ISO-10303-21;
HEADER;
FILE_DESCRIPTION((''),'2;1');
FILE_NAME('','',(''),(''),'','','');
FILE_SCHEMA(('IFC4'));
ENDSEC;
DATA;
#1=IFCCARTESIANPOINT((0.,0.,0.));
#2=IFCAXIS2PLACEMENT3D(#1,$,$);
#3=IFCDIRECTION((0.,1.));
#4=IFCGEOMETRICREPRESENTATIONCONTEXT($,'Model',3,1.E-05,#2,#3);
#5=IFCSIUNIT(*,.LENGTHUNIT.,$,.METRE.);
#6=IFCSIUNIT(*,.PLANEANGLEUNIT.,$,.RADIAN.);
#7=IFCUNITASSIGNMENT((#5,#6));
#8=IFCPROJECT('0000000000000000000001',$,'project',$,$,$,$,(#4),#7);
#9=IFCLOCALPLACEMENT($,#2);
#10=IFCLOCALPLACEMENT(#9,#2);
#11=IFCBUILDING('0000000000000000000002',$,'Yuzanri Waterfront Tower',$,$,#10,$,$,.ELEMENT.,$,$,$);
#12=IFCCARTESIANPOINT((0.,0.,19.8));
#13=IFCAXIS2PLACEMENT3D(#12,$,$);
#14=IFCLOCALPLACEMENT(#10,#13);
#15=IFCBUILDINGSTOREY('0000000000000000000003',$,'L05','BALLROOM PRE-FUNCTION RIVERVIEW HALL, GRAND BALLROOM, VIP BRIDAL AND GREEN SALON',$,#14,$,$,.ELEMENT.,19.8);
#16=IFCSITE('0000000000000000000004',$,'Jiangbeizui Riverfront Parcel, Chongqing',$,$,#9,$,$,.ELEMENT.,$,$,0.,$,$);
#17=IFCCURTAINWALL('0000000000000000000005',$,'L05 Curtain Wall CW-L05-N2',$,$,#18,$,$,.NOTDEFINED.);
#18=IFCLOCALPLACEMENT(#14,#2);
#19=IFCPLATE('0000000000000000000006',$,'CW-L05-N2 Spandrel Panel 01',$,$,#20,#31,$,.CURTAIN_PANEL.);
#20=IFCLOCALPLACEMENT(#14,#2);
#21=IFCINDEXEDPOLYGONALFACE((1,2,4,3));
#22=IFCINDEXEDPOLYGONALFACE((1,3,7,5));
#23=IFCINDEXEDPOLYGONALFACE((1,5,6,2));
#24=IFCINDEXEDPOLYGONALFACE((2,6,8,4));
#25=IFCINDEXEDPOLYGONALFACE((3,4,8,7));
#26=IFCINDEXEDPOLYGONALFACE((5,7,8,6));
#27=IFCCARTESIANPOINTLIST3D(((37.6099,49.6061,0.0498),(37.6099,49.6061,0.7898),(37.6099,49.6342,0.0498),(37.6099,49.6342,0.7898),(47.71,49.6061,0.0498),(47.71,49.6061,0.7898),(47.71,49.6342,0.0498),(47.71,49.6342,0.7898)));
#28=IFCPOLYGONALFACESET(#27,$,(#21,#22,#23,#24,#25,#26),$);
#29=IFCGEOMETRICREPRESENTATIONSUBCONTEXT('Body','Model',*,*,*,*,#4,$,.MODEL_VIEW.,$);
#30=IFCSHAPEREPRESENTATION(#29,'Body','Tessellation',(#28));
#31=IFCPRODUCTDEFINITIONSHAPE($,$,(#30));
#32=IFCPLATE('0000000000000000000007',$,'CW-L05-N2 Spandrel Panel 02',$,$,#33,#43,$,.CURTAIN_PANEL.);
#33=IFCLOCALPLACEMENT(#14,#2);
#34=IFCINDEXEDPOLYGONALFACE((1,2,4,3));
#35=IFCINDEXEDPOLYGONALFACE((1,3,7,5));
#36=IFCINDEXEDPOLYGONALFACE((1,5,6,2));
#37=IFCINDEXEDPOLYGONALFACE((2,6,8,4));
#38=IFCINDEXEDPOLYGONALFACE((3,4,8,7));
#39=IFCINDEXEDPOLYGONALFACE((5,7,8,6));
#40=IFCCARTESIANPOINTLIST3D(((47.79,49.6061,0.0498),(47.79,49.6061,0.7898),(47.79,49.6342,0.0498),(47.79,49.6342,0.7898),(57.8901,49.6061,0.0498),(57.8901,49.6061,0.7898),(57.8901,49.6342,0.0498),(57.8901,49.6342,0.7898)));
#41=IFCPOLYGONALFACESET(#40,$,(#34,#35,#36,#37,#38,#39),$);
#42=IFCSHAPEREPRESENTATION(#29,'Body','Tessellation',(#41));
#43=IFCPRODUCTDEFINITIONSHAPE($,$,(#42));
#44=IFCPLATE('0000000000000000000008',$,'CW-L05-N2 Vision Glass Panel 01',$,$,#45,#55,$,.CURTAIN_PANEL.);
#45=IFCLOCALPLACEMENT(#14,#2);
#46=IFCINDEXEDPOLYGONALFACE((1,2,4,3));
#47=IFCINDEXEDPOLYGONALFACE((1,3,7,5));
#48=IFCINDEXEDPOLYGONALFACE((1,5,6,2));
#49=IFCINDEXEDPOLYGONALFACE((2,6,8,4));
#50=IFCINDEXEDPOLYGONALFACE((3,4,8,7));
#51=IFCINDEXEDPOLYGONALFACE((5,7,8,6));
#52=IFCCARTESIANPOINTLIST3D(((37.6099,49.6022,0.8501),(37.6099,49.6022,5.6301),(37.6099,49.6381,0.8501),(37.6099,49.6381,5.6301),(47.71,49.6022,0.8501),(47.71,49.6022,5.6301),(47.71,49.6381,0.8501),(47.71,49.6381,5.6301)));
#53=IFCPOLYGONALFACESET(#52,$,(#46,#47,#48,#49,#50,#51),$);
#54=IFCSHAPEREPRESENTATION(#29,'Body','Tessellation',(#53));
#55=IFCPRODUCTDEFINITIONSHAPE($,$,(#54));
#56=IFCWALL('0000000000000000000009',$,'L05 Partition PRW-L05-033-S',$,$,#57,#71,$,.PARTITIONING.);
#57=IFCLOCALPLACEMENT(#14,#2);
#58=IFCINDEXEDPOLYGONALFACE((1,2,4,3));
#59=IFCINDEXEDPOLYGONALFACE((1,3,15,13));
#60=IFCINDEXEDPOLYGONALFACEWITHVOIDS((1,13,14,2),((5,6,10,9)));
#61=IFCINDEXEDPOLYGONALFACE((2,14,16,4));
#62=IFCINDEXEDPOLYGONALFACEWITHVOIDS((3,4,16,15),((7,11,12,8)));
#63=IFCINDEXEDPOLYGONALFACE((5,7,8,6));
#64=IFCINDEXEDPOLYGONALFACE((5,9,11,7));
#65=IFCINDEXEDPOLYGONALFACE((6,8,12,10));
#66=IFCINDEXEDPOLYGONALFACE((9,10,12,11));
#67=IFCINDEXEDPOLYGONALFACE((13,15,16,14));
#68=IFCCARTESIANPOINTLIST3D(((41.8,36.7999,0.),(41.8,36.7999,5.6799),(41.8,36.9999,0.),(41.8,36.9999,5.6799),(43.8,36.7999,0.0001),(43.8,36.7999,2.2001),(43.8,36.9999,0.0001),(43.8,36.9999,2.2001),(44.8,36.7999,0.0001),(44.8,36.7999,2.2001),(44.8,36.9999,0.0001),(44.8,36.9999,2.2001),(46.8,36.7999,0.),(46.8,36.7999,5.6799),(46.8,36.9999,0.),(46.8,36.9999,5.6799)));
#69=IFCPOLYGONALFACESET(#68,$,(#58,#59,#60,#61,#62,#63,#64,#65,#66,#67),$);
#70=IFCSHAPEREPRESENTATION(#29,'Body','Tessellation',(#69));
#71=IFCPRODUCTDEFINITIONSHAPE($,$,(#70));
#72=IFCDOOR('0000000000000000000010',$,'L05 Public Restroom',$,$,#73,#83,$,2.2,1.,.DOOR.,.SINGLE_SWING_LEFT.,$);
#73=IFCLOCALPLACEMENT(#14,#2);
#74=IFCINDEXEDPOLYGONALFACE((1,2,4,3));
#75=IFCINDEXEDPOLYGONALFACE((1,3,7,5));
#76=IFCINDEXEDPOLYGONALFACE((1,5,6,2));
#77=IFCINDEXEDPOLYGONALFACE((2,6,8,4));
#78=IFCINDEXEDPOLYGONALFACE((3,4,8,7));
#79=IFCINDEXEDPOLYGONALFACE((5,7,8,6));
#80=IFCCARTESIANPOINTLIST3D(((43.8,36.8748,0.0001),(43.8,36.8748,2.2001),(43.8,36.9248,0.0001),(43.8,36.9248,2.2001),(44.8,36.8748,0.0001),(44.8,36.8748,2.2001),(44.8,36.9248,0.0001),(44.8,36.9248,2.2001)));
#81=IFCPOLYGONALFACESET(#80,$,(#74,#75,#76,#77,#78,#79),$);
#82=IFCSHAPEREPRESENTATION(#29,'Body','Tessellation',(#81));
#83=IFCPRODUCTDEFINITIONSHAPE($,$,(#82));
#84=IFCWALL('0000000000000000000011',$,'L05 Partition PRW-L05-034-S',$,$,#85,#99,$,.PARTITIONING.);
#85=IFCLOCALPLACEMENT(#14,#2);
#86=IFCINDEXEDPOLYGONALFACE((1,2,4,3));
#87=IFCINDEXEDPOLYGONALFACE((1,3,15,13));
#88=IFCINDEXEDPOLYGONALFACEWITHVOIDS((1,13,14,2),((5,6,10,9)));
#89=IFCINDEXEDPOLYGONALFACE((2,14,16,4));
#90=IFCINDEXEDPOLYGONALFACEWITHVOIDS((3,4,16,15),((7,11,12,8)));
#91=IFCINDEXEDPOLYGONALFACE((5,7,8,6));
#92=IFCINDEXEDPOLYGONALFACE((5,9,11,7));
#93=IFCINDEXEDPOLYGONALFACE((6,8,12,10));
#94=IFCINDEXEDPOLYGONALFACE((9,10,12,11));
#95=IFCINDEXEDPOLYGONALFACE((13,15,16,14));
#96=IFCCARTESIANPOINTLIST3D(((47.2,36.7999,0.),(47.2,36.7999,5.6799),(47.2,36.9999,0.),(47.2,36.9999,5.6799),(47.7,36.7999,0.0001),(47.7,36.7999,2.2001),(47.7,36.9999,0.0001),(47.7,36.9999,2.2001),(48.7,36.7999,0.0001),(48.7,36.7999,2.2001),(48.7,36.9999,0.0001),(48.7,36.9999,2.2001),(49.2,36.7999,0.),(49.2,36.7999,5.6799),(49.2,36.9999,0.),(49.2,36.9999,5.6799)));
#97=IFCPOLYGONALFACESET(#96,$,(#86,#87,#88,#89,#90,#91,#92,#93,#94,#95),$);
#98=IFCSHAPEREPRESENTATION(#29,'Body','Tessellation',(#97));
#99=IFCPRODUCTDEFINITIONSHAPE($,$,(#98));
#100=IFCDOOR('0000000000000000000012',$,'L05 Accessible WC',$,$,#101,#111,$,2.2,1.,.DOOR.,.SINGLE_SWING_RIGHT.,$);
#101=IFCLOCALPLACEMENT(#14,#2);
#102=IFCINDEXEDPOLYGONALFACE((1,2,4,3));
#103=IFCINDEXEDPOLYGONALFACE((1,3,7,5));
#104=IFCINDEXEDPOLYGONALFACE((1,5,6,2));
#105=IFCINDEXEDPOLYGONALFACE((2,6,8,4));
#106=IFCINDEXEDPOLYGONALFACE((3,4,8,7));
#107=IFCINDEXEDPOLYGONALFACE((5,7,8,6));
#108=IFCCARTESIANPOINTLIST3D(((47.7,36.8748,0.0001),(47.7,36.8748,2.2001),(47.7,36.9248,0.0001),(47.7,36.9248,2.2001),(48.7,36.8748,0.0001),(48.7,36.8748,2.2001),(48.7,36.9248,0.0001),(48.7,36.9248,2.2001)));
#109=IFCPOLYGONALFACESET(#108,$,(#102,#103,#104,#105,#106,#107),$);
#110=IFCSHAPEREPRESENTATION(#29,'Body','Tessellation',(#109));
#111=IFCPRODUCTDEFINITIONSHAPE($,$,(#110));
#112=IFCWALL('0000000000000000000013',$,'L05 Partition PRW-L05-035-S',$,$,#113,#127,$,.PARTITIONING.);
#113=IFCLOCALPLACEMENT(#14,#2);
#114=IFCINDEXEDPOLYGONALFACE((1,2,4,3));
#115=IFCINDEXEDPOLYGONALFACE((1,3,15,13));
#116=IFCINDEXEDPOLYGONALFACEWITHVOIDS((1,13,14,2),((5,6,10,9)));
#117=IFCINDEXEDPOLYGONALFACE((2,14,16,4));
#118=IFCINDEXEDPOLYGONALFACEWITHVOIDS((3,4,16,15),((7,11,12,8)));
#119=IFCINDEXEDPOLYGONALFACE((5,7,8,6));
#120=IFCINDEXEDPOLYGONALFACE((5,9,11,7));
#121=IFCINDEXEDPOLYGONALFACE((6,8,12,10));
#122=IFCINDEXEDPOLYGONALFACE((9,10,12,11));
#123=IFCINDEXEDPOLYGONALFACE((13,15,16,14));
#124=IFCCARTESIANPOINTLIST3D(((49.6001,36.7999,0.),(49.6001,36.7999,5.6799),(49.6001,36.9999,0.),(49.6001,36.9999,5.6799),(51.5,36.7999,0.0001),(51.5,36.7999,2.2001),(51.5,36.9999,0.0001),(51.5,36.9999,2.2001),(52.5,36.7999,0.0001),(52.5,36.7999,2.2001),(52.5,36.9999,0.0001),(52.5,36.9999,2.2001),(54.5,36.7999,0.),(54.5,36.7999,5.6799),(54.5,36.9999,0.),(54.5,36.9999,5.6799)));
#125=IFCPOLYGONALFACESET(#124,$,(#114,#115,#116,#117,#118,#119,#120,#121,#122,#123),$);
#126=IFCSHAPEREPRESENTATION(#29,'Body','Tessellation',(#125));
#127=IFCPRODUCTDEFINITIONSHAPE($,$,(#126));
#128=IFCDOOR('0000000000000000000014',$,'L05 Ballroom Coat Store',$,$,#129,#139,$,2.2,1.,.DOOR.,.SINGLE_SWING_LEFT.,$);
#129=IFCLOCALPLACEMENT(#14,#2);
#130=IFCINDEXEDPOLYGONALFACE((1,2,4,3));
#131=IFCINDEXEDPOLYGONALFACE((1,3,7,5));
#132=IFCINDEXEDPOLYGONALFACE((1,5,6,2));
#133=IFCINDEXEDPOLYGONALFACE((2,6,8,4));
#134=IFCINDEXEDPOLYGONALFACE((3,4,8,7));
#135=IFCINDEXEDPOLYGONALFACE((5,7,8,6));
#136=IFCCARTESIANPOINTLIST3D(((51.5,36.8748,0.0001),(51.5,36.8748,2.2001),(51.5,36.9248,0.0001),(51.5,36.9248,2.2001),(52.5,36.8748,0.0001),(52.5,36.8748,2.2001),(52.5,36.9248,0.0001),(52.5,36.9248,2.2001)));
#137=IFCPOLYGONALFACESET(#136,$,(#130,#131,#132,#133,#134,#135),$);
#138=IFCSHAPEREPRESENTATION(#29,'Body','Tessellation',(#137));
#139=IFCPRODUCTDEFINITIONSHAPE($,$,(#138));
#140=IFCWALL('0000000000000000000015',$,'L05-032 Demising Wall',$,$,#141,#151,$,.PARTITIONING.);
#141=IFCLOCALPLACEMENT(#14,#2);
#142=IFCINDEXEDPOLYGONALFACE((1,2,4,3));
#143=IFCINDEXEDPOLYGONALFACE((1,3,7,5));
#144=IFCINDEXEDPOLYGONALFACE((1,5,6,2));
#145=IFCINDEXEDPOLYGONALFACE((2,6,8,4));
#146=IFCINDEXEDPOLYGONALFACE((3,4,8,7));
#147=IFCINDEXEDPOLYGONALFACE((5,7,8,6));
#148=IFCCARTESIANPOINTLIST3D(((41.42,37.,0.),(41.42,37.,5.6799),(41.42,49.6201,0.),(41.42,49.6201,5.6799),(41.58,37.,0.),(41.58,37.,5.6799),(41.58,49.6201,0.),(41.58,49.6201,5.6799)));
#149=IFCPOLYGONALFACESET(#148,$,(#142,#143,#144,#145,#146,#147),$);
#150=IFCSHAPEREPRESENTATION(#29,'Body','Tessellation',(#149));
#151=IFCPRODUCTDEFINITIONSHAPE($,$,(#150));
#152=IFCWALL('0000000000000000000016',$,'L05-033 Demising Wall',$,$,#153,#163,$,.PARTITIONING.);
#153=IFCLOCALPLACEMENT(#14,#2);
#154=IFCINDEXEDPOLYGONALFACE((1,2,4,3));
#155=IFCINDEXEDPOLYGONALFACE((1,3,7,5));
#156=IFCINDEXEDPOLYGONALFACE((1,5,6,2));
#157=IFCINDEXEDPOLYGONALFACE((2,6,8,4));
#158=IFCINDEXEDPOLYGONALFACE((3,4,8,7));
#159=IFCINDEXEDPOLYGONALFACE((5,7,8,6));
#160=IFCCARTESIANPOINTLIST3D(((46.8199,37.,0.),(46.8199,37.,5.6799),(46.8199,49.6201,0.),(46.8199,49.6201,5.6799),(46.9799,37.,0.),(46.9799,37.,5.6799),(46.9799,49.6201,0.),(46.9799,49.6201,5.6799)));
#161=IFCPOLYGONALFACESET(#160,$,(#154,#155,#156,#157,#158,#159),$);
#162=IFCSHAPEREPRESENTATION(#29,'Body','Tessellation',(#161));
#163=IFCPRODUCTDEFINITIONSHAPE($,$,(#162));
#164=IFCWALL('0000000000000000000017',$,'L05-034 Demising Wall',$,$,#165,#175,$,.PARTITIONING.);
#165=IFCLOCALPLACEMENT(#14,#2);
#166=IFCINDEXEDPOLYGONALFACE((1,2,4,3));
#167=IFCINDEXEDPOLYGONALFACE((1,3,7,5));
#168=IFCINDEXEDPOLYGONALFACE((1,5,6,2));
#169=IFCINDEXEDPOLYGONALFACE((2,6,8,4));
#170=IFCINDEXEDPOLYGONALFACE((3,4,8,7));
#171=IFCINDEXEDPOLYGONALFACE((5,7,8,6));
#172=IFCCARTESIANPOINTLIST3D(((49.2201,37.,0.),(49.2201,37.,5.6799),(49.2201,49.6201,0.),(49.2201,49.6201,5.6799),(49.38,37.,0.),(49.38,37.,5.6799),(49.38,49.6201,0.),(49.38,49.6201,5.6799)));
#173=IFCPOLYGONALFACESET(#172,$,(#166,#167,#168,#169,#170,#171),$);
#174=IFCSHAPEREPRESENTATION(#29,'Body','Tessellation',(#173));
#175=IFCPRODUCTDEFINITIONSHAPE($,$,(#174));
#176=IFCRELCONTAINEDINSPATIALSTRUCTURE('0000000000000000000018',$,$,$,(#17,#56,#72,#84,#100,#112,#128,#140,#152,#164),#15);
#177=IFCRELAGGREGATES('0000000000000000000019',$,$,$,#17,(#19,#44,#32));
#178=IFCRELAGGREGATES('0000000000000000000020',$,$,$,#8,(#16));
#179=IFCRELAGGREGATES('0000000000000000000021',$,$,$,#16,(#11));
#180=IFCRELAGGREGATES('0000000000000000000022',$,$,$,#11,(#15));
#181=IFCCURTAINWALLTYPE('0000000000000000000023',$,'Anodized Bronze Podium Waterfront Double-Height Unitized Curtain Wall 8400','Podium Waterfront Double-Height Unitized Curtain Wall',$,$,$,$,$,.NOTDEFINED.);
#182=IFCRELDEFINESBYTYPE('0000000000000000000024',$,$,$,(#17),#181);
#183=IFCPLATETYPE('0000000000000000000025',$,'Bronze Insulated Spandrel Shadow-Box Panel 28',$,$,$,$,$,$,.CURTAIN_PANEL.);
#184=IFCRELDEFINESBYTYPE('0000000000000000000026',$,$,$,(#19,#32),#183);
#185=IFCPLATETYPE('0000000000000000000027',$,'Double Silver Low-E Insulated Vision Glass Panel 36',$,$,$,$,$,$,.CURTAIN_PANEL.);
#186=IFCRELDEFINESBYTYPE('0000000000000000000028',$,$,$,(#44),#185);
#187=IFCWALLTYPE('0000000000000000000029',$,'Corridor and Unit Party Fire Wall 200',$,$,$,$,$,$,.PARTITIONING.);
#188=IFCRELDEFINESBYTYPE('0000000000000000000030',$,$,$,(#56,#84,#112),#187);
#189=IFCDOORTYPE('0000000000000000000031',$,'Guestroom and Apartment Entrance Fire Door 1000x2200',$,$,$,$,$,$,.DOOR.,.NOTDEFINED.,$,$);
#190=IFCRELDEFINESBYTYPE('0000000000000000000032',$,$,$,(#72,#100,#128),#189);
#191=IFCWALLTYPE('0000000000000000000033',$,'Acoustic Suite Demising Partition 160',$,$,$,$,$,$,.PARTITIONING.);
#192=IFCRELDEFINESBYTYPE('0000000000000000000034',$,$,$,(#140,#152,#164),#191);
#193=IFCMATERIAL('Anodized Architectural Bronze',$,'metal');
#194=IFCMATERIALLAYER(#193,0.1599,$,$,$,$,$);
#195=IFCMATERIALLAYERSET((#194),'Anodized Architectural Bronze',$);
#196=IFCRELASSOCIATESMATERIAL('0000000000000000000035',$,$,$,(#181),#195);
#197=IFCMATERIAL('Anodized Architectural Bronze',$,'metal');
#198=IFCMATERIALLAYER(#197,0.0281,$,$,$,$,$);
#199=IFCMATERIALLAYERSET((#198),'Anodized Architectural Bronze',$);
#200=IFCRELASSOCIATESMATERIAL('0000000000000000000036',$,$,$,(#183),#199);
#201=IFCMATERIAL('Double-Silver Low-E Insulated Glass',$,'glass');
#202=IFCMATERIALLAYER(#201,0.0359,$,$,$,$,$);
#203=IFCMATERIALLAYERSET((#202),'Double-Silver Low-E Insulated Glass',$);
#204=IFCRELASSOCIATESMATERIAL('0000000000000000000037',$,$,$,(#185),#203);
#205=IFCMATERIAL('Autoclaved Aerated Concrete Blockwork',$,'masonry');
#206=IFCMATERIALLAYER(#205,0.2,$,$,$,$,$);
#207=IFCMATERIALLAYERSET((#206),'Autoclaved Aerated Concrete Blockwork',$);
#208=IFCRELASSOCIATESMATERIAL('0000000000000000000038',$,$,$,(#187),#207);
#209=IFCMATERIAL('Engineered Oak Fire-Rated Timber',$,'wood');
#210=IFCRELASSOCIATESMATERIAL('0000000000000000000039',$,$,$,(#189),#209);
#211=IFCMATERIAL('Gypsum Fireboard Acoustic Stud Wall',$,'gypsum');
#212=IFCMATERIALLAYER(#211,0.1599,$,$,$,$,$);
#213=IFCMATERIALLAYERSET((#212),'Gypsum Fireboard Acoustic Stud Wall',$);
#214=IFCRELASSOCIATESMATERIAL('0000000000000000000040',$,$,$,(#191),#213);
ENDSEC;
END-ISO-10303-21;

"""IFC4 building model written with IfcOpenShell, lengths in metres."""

from ifc_helpers import new_model, si_unit, direction, frame, frame_2d, origin, origin_2d, place, context, subcontext, project, spatial, rectangle, extrude, source, transform, mapped, material, layer, layer_set, type_object, element, fill, aggregate, save


model = new_model("IFC4")

# Units and contexts
model_context = context("Model", 3, precision=1e-05, world=origin(), true_north=direction((0.0, 1.0)))
body_context = subcontext(model_context, "Body", "Model", "MODEL_VIEW")
ifc_project = project(units=[si_unit("LENGTHUNIT", "METRE"), si_unit("PLANEANGLEUNIT", "RADIAN")], contexts=[model_context])

# Site, building, storey
site_placement = place(None, origin())
site = spatial("IfcSite", under=ifc_project, at=site_placement, Name="Jiangbeizui Riverfront Parcel, Chongqing", CompositionType="ELEMENT", RefElevation=0.0)
building_placement = place(site_placement, origin())
building = spatial("IfcBuilding", under=site, at=building_placement, Name="Yuzanri Waterfront Tower", CompositionType="ELEMENT")
storey_placement = place(building_placement, frame((0.0, 0.0, 19.8)))
storey = spatial("IfcBuildingStorey", under=building, at=storey_placement, Name="L05", Description="BALLROOM PRE-FUNCTION RIVERVIEW HALL, GRAND BALLROOM, VIP BRIDAL AND GREEN SALON", CompositionType="ELEMENT", Elevation=19.8)

# Curtain wall, plates
ifc_material_1 = material(Name="Anodized Architectural Bronze", Category="metal")
ifc_layer_1 = layer(ifc_material_1, 0.1599)
ifc_layer_set_1 = layer_set([ifc_layer_1], Name="Anodized Architectural Bronze")
curtain_wall_type = type_object("IfcCurtainWallType", Name="Anodized Bronze Podium Waterfront Double-Height Unitized Curtain Wall 8400", Description="Podium Waterfront Double-Height Unitized Curtain Wall", PredefinedType="NOTDEFINED", material=ifc_layer_set_1)
curtain_wall_placement = place(storey_placement, origin())
curtain_wall = element("IfcCurtainWall", 1, at=curtain_wall_placement, inside=storey, type_object=curtain_wall_type, Name="L05 Curtain Wall CW-L05-N2", PredefinedType="NOTDEFINED")
ifc_material_2 = material(Name="Anodized Architectural Bronze", Category="metal")
ifc_layer_2 = layer(ifc_material_2, 0.0281)
ifc_layer_set_2 = layer_set([ifc_layer_2], Name="Anodized Architectural Bronze")
plate_type_1 = type_object("IfcPlateType", Name="Bronze Insulated Spandrel Shadow-Box Panel 28", PredefinedType="CURTAIN_PANEL", material=ifc_layer_set_2)
shared_shape_1 = source(origin(), body_context, "Body", "SweptSolid", [
    extrude(rectangle(XDim=10.1001, YDim=0.0281, at=origin_2d()), origin(), (0.0, 0.0, 1.0), 0.74),
])
plate_1_placement = place(storey_placement, frame((42.6599, 49.6201, 0.0498), z_axis=(0.0, 0.0, 1.0), x_axis=(1.0, 0.0, 0.0)))
plate_1 = element("IfcPlate", 2, at=plate_1_placement, type_object=plate_type_1, Name="CW-L05-N2 Spandrel Panel 01", PredefinedType="CURTAIN_PANEL", context=body_context, shape_type="MappedRepresentation", body=[
    mapped(shared_shape_1, transform((0.0, 0.0, 0.0), scale=1.0)),
])
plate_2_placement = place(storey_placement, frame((52.8401, 49.6201, 0.0498), z_axis=(0.0, 0.0, 1.0), x_axis=(1.0, 0.0, 0.0)))
plate_2 = element("IfcPlate", 3, at=plate_2_placement, type_object=plate_type_1, Name="CW-L05-N2 Spandrel Panel 02", PredefinedType="CURTAIN_PANEL", context=body_context, shape_type="MappedRepresentation", body=[
    mapped(shared_shape_1, transform((0.0, 0.0, 0.0), scale=1.0)),
])
ifc_material_3 = material(Name="Double-Silver Low-E Insulated Glass", Category="glass")
ifc_layer_3 = layer(ifc_material_3, 0.0359)
ifc_layer_set_3 = layer_set([ifc_layer_3], Name="Double-Silver Low-E Insulated Glass")
plate_type_2 = type_object("IfcPlateType", Name="Double Silver Low-E Insulated Vision Glass Panel 36", PredefinedType="CURTAIN_PANEL", material=ifc_layer_set_3)
shared_shape_2 = source(origin(), body_context, "Body", "SweptSolid", [
    extrude(rectangle(XDim=10.1001, YDim=0.0359, at=origin_2d()), origin(), (0.0, 0.0, 1.0), 4.78),
])
plate_3_placement = place(storey_placement, frame((42.6599, 49.6201, 0.8501), z_axis=(0.0, 0.0, 1.0), x_axis=(1.0, 0.0, 0.0)))
plate_3 = element("IfcPlate", 4, at=plate_3_placement, type_object=plate_type_2, Name="CW-L05-N2 Vision Glass Panel 01", PredefinedType="CURTAIN_PANEL", context=body_context, shape_type="MappedRepresentation", body=[
    mapped(shared_shape_2, transform((0.0, 0.0, 0.0), scale=1.0)),
])
aggregate(curtain_wall, [plate_1, plate_3, plate_2])

# Walls, openings, doors
ifc_material_4 = material(Name="Autoclaved Aerated Concrete Blockwork", Category="masonry")
ifc_layer_4 = layer(ifc_material_4, 0.2)
ifc_layer_set_4 = layer_set([ifc_layer_4], Name="Autoclaved Aerated Concrete Blockwork")
wall_type_1 = type_object("IfcWallType", Name="Corridor and Unit Party Fire Wall 200", PredefinedType="PARTITIONING", material=ifc_layer_set_4)
wall_1_placement = place(storey_placement, frame((41.8, 36.8999, 0.0), z_axis=(0.0, 0.0, 1.0), x_axis=(1.0, 0.0, 0.0)))
wall_1 = element("IfcWall", 5, at=wall_1_placement, inside=storey, type_object=wall_type_1, Name="L05 Partition PRW-L05-033-S", PredefinedType="PARTITIONING", context=body_context, shape_type="SweptSolid", body=[
    extrude(rectangle(XDim=5.0, YDim=0.2, at=frame_2d((2.5, 0.0))), origin(), (0.0, 0.0, 1.0), 5.6799),
])
opening_1_placement = place(wall_1_placement, frame((2.0, 0.0, 0.0)))
opening_1 = element("IfcOpeningElement", 6, at=opening_1_placement, cuts=wall_1, PredefinedType="OPENING", context=body_context, shape_type="SweptSolid", body=[
    extrude(rectangle(XDim=1.0, YDim=2.2, at=frame_2d((0.5, 1.1001))), frame((0.0, 0.1147, 0.0), z_axis=(0.0, -1.0, 0.0), x_axis=(1.0, 0.0, 0.0)), (0.0, 0.0, 1.0), 0.2297),
])
ifc_material_5 = material(Name="Engineered Oak Fire-Rated Timber", Category="wood")
door_type = type_object("IfcDoorType", Name="Guestroom and Apartment Entrance Fire Door 1000x2200", OperationType="NOTDEFINED", PredefinedType="DOOR", material=ifc_material_5)
shared_shape_3 = source(origin(), body_context, "Body", "SweptSolid", [
    extrude(rectangle(XDim=1.0, YDim=2.2, at=frame_2d((0.5, 1.1001))), frame((0.0, 0.0249, 0.0), z_axis=(0.0, -1.0, 0.0), x_axis=(1.0, 0.0, 0.0)), (0.0, 0.0, 1.0), 0.05),
])
door_1_placement = place(opening_1_placement, origin())
door_1 = element("IfcDoor", 7, at=door_1_placement, inside=storey, type_object=door_type, Name="L05 Public Restroom", OperationType="SINGLE_SWING_LEFT", OverallHeight=2.2, OverallWidth=1.0, PredefinedType="DOOR", context=body_context, shape_type="MappedRepresentation", body=[
    mapped(shared_shape_3, transform((0.0, 0.0, 0.0), scale=1.0)),
])
fill(opening_1, door_1)
wall_2_placement = place(storey_placement, frame((47.2, 36.8999, 0.0), z_axis=(0.0, 0.0, 1.0), x_axis=(1.0, 0.0, 0.0)))
wall_2 = element("IfcWall", 8, at=wall_2_placement, inside=storey, type_object=wall_type_1, Name="L05 Partition PRW-L05-034-S", PredefinedType="PARTITIONING", context=body_context, shape_type="SweptSolid", body=[
    extrude(rectangle(XDim=2.0, YDim=0.2, at=frame_2d((1.0, 0.0))), origin(), (0.0, 0.0, 1.0), 5.6799),
])
opening_2_placement = place(wall_2_placement, frame((0.5, 0.0, 0.0)))
opening_2 = element("IfcOpeningElement", 9, at=opening_2_placement, cuts=wall_2, PredefinedType="OPENING", context=body_context, shape_type="SweptSolid", body=[
    extrude(rectangle(XDim=1.0, YDim=2.2, at=frame_2d((0.5, 1.1001))), frame((0.0, 0.1147, 0.0), z_axis=(0.0, -1.0, 0.0), x_axis=(1.0, 0.0, 0.0)), (0.0, 0.0, 1.0), 0.2297),
])
door_2_placement = place(opening_2_placement, origin())
door_2 = element("IfcDoor", 10, at=door_2_placement, inside=storey, type_object=door_type, Name="L05 Accessible WC", OperationType="SINGLE_SWING_RIGHT", OverallHeight=2.2, OverallWidth=1.0, PredefinedType="DOOR", context=body_context, shape_type="MappedRepresentation", body=[
    mapped(shared_shape_3, transform((0.0, 0.0, 0.0), scale=1.0)),
])
fill(opening_2, door_2)
wall_3_placement = place(storey_placement, frame((49.6001, 36.8999, 0.0), z_axis=(0.0, 0.0, 1.0), x_axis=(1.0, 0.0, 0.0)))
wall_3 = element("IfcWall", 11, at=wall_3_placement, inside=storey, type_object=wall_type_1, Name="L05 Partition PRW-L05-035-S", PredefinedType="PARTITIONING", context=body_context, shape_type="SweptSolid", body=[
    extrude(rectangle(XDim=4.8999, YDim=0.2, at=frame_2d((2.45, 0.0))), origin(), (0.0, 0.0, 1.0), 5.6799),
])
opening_3_placement = place(wall_3_placement, frame((1.8999, 0.0, 0.0)))
opening_3 = element("IfcOpeningElement", 12, at=opening_3_placement, cuts=wall_3, PredefinedType="OPENING", context=body_context, shape_type="SweptSolid", body=[
    extrude(rectangle(XDim=1.0, YDim=2.2, at=frame_2d((0.5, 1.1001))), frame((0.0, 0.1147, 0.0), z_axis=(0.0, -1.0, 0.0), x_axis=(1.0, 0.0, 0.0)), (0.0, 0.0, 1.0), 0.2297),
])
door_3_placement = place(opening_3_placement, origin())
door_3 = element("IfcDoor", 13, at=door_3_placement, inside=storey, type_object=door_type, Name="L05 Ballroom Coat Store", OperationType="SINGLE_SWING_LEFT", OverallHeight=2.2, OverallWidth=1.0, PredefinedType="DOOR", context=body_context, shape_type="MappedRepresentation", body=[
    mapped(shared_shape_3, transform((0.0, 0.0, 0.0), scale=1.0)),
])
fill(opening_3, door_3)

# Walls
ifc_material_6 = material(Name="Gypsum Fireboard Acoustic Stud Wall", Category="gypsum")
ifc_layer_5 = layer(ifc_material_6, 0.1599)
ifc_layer_set_5 = layer_set([ifc_layer_5], Name="Gypsum Fireboard Acoustic Stud Wall")
wall_type_2 = type_object("IfcWallType", Name="Acoustic Suite Demising Partition 160", PredefinedType="PARTITIONING", material=ifc_layer_set_5)
shared_shape_4 = source(origin(), body_context, "Body", "SweptSolid", [
    extrude(rectangle(XDim=12.6201, YDim=0.1599, at=frame_2d((6.3101, 0.0))), origin(), (0.0, 0.0, 1.0), 5.6799),
])
for number, where, z_axis, x_axis, name in (
    (14, (41.5, 37.0, 0.0), (0.0, 0.0, 1.0), (0.0, 1.0, 0.0), "L05-032 Demising Wall"),
    (15, (46.8999, 37.0, 0.0), (0.0, 0.0, 1.0), (0.0, 1.0, 0.0), "L05-033 Demising Wall"),
    (16, (49.3, 37.0, 0.0), (0.0, 0.0, 1.0), (0.0, 1.0, 0.0), "L05-034 Demising Wall"),
):
    element("IfcWall", number, at=place(storey_placement, frame(where, z_axis=z_axis, x_axis=x_axis)), inside=storey, type_object=wall_type_2, Name=name, PredefinedType="PARTITIONING", context=body_context, shape_type="MappedRepresentation", body=[
        mapped(shared_shape_4, transform((0.0, 0.0, 0.0), scale=1.0)),
    ])

save(model, "model.ifc")
